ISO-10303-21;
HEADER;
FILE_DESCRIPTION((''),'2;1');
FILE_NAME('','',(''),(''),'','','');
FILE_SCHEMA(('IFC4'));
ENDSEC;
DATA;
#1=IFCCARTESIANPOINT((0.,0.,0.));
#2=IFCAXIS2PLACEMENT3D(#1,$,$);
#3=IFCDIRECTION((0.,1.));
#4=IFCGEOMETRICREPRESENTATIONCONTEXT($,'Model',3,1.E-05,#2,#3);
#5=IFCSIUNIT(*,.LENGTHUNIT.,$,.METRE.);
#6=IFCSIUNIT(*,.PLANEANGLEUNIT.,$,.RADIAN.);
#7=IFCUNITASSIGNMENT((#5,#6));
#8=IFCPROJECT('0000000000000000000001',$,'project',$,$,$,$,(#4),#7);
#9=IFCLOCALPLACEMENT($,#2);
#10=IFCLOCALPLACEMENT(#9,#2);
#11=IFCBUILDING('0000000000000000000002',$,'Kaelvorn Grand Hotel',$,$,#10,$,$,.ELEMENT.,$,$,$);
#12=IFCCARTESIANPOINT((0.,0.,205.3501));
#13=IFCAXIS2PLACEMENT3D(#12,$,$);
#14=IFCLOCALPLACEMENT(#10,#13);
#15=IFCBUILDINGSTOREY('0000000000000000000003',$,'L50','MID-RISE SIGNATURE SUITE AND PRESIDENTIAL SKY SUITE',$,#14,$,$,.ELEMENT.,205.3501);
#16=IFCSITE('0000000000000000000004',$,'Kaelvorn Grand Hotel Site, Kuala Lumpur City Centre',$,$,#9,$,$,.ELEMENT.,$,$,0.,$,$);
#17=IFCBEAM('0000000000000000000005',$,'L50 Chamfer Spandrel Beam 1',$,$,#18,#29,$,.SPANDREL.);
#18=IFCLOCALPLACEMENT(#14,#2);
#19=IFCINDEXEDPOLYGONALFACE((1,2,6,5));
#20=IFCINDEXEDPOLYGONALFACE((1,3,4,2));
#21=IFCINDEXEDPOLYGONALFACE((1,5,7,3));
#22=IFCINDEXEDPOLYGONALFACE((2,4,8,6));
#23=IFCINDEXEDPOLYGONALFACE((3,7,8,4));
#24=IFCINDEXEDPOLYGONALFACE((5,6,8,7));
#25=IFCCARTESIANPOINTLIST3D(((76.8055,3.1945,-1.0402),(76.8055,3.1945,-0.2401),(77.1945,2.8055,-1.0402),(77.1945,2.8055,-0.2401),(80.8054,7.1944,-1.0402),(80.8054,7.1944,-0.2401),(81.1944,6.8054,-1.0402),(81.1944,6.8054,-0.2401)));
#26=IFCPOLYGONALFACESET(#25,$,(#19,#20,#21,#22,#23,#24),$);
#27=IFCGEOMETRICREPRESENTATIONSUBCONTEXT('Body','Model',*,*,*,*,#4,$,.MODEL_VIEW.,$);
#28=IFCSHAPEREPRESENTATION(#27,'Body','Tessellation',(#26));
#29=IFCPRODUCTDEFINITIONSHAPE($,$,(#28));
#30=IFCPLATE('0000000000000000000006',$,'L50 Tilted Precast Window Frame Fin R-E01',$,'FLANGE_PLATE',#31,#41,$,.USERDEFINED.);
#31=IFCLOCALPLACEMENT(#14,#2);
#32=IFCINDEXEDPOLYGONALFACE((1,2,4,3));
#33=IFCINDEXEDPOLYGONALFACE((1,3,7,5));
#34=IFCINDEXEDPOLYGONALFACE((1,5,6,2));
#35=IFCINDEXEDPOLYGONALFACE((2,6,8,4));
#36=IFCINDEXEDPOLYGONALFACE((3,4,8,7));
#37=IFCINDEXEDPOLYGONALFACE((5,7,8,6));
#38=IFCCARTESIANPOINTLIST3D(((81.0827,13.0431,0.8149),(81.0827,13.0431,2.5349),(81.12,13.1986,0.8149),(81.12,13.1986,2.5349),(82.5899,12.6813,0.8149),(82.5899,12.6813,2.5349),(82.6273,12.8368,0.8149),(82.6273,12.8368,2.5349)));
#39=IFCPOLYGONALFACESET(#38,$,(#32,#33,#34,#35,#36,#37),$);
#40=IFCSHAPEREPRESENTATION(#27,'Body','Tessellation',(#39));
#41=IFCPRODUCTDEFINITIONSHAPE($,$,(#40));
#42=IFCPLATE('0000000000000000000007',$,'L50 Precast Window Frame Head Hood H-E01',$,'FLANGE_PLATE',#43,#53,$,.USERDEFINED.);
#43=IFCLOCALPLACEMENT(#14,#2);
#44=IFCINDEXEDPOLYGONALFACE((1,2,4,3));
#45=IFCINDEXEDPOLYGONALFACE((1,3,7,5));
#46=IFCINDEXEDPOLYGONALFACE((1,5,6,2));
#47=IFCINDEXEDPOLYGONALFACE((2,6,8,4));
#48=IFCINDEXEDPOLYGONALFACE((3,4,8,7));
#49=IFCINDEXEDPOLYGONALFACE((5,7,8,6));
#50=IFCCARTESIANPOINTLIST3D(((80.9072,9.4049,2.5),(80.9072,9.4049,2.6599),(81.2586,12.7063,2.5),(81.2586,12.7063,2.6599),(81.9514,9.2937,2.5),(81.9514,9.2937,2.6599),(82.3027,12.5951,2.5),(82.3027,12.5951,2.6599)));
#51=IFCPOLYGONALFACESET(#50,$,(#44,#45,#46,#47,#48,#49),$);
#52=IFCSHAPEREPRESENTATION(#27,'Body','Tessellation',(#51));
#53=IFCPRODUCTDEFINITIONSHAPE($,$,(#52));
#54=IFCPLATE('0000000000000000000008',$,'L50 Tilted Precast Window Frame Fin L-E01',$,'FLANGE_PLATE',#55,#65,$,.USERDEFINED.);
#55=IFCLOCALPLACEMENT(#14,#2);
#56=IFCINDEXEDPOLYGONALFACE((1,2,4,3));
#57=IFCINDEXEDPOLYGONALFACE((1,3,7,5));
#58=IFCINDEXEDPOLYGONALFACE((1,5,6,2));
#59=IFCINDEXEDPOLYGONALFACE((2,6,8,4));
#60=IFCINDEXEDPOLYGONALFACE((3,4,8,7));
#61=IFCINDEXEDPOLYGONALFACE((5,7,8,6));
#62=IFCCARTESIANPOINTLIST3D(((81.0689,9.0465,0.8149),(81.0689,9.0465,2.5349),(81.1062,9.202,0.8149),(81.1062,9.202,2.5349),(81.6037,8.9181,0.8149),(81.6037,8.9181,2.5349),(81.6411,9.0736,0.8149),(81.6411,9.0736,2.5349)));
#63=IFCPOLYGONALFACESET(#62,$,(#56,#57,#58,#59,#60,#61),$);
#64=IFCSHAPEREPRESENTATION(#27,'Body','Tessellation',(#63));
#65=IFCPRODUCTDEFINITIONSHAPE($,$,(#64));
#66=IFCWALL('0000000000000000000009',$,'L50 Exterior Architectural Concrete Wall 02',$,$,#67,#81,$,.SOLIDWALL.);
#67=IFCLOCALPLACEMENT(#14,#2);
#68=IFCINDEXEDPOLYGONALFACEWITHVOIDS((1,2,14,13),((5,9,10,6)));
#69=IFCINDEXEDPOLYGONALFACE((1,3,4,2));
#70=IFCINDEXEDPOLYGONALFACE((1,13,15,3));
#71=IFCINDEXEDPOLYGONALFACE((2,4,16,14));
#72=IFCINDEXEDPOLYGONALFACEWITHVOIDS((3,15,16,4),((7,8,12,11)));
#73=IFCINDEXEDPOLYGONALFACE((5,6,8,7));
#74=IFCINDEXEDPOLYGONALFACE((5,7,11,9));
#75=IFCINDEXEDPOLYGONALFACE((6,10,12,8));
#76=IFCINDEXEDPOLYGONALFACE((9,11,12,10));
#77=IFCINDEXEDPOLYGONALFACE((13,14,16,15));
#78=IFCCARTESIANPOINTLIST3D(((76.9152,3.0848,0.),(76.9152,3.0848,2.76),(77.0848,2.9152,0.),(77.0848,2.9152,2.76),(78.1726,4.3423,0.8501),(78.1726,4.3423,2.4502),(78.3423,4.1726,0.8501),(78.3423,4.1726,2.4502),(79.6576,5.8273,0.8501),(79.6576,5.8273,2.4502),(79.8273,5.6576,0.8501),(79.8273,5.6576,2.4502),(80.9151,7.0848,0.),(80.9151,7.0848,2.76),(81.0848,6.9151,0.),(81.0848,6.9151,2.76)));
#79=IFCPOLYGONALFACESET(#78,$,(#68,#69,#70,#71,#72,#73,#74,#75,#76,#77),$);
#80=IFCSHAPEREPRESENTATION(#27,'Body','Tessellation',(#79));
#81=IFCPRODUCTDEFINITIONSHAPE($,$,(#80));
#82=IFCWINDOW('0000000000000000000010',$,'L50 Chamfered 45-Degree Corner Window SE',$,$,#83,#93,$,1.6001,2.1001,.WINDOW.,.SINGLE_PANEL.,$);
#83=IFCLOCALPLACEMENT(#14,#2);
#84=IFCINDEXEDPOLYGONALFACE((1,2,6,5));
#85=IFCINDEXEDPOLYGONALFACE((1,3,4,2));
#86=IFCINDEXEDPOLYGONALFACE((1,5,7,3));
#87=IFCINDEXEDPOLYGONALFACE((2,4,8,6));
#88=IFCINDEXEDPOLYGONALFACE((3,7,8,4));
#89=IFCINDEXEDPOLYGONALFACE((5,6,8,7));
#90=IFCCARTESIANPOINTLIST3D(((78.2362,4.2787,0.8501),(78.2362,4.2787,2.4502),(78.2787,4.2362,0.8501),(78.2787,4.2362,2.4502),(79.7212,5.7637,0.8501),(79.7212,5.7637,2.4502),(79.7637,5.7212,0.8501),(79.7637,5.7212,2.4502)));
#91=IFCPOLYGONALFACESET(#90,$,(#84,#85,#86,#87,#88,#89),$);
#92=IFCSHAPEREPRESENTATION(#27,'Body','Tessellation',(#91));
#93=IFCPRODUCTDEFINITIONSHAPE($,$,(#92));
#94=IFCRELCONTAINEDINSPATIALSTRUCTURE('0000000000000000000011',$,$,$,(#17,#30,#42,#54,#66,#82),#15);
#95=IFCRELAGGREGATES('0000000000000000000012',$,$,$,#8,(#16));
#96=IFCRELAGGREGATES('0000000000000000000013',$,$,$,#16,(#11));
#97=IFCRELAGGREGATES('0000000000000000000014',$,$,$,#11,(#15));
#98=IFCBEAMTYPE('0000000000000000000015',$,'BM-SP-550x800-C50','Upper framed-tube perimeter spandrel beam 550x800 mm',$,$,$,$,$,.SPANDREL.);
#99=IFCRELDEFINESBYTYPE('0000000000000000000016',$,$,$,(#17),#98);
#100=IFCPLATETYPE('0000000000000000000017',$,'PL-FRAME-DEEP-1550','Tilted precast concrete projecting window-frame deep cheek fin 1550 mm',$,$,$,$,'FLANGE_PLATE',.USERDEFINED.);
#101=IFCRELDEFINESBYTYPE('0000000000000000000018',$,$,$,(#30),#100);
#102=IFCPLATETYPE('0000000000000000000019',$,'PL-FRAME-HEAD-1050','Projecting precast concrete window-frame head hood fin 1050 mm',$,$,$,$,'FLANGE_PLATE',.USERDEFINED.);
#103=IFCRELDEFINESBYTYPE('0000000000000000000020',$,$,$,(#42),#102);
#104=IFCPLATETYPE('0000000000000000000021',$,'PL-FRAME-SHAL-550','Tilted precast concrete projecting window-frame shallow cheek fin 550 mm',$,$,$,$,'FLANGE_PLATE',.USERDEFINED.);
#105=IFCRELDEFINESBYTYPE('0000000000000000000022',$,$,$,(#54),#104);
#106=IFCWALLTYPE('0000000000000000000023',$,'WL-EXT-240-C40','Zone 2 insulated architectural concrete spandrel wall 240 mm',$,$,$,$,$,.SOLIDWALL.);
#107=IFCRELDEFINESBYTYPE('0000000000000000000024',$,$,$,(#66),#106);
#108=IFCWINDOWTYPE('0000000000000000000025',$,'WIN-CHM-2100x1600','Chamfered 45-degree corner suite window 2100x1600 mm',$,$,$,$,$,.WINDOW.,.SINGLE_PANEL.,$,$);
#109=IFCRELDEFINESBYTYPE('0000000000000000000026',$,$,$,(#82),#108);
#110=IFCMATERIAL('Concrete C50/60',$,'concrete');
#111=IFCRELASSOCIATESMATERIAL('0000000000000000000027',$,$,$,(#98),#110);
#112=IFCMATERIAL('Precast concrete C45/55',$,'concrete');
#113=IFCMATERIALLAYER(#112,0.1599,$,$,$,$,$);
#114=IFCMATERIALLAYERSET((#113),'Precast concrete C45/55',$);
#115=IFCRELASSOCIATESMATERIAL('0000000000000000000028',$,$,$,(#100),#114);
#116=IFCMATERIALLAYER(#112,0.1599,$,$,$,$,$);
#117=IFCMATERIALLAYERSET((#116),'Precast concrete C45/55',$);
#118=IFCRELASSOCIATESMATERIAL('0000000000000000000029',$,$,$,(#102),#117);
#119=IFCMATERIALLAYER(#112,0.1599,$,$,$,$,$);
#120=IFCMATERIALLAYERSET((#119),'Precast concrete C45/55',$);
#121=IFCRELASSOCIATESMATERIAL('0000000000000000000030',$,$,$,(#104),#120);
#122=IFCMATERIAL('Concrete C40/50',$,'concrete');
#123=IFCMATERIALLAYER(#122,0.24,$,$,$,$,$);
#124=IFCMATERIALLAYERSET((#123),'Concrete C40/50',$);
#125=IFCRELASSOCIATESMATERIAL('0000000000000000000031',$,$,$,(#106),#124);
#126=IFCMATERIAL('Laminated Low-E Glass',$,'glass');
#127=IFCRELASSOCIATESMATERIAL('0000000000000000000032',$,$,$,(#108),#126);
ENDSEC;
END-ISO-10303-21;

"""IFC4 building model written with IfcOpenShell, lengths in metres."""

from ifc_helpers import new_model, si_unit, direction, frame, frame_2d, origin, origin_2d, place, context, subcontext, project, spatial, rectangle, extrude, material, layer, layer_set, material_profile, profile_set, type_object, element, fill, save


model = new_model("IFC4")

# Units and contexts
model_context = context("Model", 3, precision=1e-05, world=origin(), true_north=direction((0.0, 1.0)))
body_context = subcontext(model_context, "Body", "Model", "MODEL_VIEW")
ifc_project = project(units=[si_unit("LENGTHUNIT", "METRE"), si_unit("PLANEANGLEUNIT", "RADIAN")], contexts=[model_context])

# Site, building, storey
site_placement = place(None, origin())
site = spatial("IfcSite", under=ifc_project, at=site_placement, Name="Kaelvorn Grand Hotel Site, Kuala Lumpur City Centre", CompositionType="ELEMENT", RefElevation=0.0)
building_placement = place(site_placement, origin())
building = spatial("IfcBuilding", under=site, at=building_placement, Name="Kaelvorn Grand Hotel", CompositionType="ELEMENT")
storey_placement = place(building_placement, frame((0.0, 0.0, 205.3501)))
storey = spatial("IfcBuildingStorey", under=building, at=storey_placement, Name="L50", Description="MID-RISE SIGNATURE SUITE AND PRESIDENTIAL SKY SUITE", CompositionType="ELEMENT", Elevation=205.3501)

# Beam
ifc_material_1 = material(Name="Concrete C40/50", Category="concrete")
ifc_material_2 = material(Name="Concrete C50/60", Category="concrete")
ifc_material_profile_1 = material_profile(ifc_material_2, rectangle(XDim=0.55, YDim=0.8, at=origin_2d()), Name="RC SPANDREL 550x800")
ifc_profile_set_1 = profile_set([ifc_material_profile_1], Name="Concrete C50/60")
beam_type_1 = type_object("IfcBeamType", Name="BM-SP-550x800-C50", Description="Upper framed-tube perimeter spandrel beam 550x800 mm", PredefinedType="SPANDREL", material=ifc_profile_set_1)
beam_1_placement = place(storey_placement, frame((77.0, 3.0, -0.6401), z_axis=(0.707107, 0.707107, 0.0), x_axis=(-0.707107, 0.707107, 0.0)))
element("IfcBeam", 1, at=beam_1_placement, inside=storey, type_object=beam_type_1, Name="L50 Chamfer Spandrel Beam 1", PredefinedType="SPANDREL", context=body_context, shape_type="SweptSolid", body=[
    extrude(rectangle(XDim=0.55, YDim=0.8, at=origin_2d()), origin(), (0.0, 0.0, 1.0), 5.6567),
])

# Plates
ifc_material_3 = material(Name="Precast concrete C45/55", Category="concrete")
ifc_layer_1 = layer(ifc_material_3, 0.1599)
ifc_layer_set_1 = layer_set([ifc_layer_1], Name="Precast concrete C45/55")
plate_type_1 = type_object("IfcPlateType", Name="PL-FRAME-DEEP-1550", Description="Tilted precast concrete projecting window-frame deep cheek fin 1550 mm", ElementType="FLANGE_PLATE", PredefinedType="USERDEFINED", material=ifc_layer_set_1)
plate_1_placement = place(storey_placement, frame((81.855, 12.9399, 0.8149), z_axis=(0.0, 0.0, 1.0), x_axis=(0.233445, 0.97237, 0.0)))
element("IfcPlate", 2, at=plate_1_placement, inside=storey, type_object=plate_type_1, Name="L50 Tilted Precast Window Frame Fin R-E01", ObjectType="FLANGE_PLATE", PredefinedType="USERDEFINED", context=body_context, shape_type="SweptSolid", body=[
    extrude(rectangle(XDim=0.1599, YDim=1.55, at=origin_2d()), origin(), (0.0, 0.0, 1.0), 1.72),
])
ifc_layer_2 = layer(ifc_material_3, 0.1599)
ifc_layer_set_2 = layer_set([ifc_layer_2], Name="Precast concrete C45/55")
plate_type_2 = type_object("IfcPlateType", Name="PL-FRAME-HEAD-1050", Description="Projecting precast concrete window-frame head hood fin 1050 mm", ElementType="FLANGE_PLATE", PredefinedType="USERDEFINED", material=ifc_layer_set_2)
plate_2_placement = place(storey_placement, frame((81.605, 11.0, 2.5), z_axis=(0.0, 0.0, 1.0), x_axis=(0.10583, 0.994384, 0.0)))
element("IfcPlate", 3, at=plate_2_placement, inside=storey, type_object=plate_type_2, Name="L50 Precast Window Frame Head Hood H-E01", ObjectType="FLANGE_PLATE", PredefinedType="USERDEFINED", context=body_context, shape_type="SweptSolid", body=[
    extrude(rectangle(XDim=3.3201, YDim=1.05, at=origin_2d()), origin(), (0.0, 0.0, 1.0), 0.1599),
])
ifc_layer_3 = layer(ifc_material_3, 0.1599)
ifc_layer_set_3 = layer_set([ifc_layer_3], Name="Precast concrete C45/55")
plate_type_3 = type_object("IfcPlateType", Name="PL-FRAME-SHAL-550", Description="Tilted precast concrete projecting window-frame shallow cheek fin 550 mm", ElementType="FLANGE_PLATE", PredefinedType="USERDEFINED", material=ifc_layer_set_3)
plate_3_placement = place(storey_placement, frame((81.355, 9.0601, 0.8149), z_axis=(0.0, 0.0, 1.0), x_axis=(0.233445, 0.97237, 0.0)))
element("IfcPlate", 4, at=plate_3_placement, inside=storey, type_object=plate_type_3, Name="L50 Tilted Precast Window Frame Fin L-E01", ObjectType="FLANGE_PLATE", PredefinedType="USERDEFINED", context=body_context, shape_type="SweptSolid", body=[
    extrude(rectangle(XDim=0.1599, YDim=0.55, at=origin_2d()), origin(), (0.0, 0.0, 1.0), 1.72),
])

# Wall, opening, window
ifc_layer_4 = layer(ifc_material_1, 0.24)
ifc_layer_set_4 = layer_set([ifc_layer_4], Name="Concrete C40/50")
wall_type_1 = type_object("IfcWallType", Name="WL-EXT-240-C40", Description="Zone 2 insulated architectural concrete spandrel wall 240 mm", PredefinedType="SOLIDWALL", material=ifc_layer_set_4)
wall_1_placement = place(storey_placement, frame((77.0, 3.0, 0.0), z_axis=(0.0, 0.0, 1.0), x_axis=(0.707107, 0.707107, 0.0)))
wall_1 = element("IfcWall", 5, at=wall_1_placement, inside=storey, type_object=wall_type_1, Name="L50 Exterior Architectural Concrete Wall 02", PredefinedType="SOLIDWALL", context=body_context, shape_type="SweptSolid", body=[
    extrude(rectangle(XDim=5.6567, YDim=0.24, at=frame_2d((2.8284, 0.0))), origin(), (0.0, 0.0, 1.0), 2.76),
])
opening_1_placement = place(wall_1_placement, frame((1.7783, 0.0, 0.8501)))
opening_1 = element("IfcOpeningElement", 6, at=opening_1_placement, cuts=wall_1, PredefinedType="OPENING", context=body_context, shape_type="SweptSolid", body=[
    extrude(rectangle(XDim=2.1001, YDim=1.6001, at=frame_2d((1.05, 0.8))), frame((0.0, 0.1299, 0.0), z_axis=(0.0, -1.0, 0.0), x_axis=(1.0, 0.0, 0.0)), (0.0, 0.0, 1.0), 0.26),
])
ifc_material_4 = material(Name="Laminated Low-E Glass", Category="glass")
window_type_1 = type_object("IfcWindowType", Name="WIN-CHM-2100x1600", Description="Chamfered 45-degree corner suite window 2100x1600 mm", PartitioningType="SINGLE_PANEL", PredefinedType="WINDOW", material=ifc_material_4)
window_1_placement = place(opening_1_placement, origin())
window_1 = element("IfcWindow", 7, at=window_1_placement, inside=storey, type_object=window_type_1, Name="L50 Chamfered 45-Degree Corner Window SE", OverallHeight=1.6001, OverallWidth=2.1001, PartitioningType="SINGLE_PANEL", PredefinedType="WINDOW", context=body_context, shape_type="SweptSolid", body=[
    extrude(rectangle(XDim=2.1001, YDim=1.6001, at=frame_2d((1.05, 0.8))), frame((0.0, 0.03, 0.0), z_axis=(0.0, -1.0, 0.0), x_axis=(1.0, 0.0, 0.0)), (0.0, 0.0, 1.0), 0.0601),
])
fill(opening_1, window_1)

save(model, "model.ifc")
